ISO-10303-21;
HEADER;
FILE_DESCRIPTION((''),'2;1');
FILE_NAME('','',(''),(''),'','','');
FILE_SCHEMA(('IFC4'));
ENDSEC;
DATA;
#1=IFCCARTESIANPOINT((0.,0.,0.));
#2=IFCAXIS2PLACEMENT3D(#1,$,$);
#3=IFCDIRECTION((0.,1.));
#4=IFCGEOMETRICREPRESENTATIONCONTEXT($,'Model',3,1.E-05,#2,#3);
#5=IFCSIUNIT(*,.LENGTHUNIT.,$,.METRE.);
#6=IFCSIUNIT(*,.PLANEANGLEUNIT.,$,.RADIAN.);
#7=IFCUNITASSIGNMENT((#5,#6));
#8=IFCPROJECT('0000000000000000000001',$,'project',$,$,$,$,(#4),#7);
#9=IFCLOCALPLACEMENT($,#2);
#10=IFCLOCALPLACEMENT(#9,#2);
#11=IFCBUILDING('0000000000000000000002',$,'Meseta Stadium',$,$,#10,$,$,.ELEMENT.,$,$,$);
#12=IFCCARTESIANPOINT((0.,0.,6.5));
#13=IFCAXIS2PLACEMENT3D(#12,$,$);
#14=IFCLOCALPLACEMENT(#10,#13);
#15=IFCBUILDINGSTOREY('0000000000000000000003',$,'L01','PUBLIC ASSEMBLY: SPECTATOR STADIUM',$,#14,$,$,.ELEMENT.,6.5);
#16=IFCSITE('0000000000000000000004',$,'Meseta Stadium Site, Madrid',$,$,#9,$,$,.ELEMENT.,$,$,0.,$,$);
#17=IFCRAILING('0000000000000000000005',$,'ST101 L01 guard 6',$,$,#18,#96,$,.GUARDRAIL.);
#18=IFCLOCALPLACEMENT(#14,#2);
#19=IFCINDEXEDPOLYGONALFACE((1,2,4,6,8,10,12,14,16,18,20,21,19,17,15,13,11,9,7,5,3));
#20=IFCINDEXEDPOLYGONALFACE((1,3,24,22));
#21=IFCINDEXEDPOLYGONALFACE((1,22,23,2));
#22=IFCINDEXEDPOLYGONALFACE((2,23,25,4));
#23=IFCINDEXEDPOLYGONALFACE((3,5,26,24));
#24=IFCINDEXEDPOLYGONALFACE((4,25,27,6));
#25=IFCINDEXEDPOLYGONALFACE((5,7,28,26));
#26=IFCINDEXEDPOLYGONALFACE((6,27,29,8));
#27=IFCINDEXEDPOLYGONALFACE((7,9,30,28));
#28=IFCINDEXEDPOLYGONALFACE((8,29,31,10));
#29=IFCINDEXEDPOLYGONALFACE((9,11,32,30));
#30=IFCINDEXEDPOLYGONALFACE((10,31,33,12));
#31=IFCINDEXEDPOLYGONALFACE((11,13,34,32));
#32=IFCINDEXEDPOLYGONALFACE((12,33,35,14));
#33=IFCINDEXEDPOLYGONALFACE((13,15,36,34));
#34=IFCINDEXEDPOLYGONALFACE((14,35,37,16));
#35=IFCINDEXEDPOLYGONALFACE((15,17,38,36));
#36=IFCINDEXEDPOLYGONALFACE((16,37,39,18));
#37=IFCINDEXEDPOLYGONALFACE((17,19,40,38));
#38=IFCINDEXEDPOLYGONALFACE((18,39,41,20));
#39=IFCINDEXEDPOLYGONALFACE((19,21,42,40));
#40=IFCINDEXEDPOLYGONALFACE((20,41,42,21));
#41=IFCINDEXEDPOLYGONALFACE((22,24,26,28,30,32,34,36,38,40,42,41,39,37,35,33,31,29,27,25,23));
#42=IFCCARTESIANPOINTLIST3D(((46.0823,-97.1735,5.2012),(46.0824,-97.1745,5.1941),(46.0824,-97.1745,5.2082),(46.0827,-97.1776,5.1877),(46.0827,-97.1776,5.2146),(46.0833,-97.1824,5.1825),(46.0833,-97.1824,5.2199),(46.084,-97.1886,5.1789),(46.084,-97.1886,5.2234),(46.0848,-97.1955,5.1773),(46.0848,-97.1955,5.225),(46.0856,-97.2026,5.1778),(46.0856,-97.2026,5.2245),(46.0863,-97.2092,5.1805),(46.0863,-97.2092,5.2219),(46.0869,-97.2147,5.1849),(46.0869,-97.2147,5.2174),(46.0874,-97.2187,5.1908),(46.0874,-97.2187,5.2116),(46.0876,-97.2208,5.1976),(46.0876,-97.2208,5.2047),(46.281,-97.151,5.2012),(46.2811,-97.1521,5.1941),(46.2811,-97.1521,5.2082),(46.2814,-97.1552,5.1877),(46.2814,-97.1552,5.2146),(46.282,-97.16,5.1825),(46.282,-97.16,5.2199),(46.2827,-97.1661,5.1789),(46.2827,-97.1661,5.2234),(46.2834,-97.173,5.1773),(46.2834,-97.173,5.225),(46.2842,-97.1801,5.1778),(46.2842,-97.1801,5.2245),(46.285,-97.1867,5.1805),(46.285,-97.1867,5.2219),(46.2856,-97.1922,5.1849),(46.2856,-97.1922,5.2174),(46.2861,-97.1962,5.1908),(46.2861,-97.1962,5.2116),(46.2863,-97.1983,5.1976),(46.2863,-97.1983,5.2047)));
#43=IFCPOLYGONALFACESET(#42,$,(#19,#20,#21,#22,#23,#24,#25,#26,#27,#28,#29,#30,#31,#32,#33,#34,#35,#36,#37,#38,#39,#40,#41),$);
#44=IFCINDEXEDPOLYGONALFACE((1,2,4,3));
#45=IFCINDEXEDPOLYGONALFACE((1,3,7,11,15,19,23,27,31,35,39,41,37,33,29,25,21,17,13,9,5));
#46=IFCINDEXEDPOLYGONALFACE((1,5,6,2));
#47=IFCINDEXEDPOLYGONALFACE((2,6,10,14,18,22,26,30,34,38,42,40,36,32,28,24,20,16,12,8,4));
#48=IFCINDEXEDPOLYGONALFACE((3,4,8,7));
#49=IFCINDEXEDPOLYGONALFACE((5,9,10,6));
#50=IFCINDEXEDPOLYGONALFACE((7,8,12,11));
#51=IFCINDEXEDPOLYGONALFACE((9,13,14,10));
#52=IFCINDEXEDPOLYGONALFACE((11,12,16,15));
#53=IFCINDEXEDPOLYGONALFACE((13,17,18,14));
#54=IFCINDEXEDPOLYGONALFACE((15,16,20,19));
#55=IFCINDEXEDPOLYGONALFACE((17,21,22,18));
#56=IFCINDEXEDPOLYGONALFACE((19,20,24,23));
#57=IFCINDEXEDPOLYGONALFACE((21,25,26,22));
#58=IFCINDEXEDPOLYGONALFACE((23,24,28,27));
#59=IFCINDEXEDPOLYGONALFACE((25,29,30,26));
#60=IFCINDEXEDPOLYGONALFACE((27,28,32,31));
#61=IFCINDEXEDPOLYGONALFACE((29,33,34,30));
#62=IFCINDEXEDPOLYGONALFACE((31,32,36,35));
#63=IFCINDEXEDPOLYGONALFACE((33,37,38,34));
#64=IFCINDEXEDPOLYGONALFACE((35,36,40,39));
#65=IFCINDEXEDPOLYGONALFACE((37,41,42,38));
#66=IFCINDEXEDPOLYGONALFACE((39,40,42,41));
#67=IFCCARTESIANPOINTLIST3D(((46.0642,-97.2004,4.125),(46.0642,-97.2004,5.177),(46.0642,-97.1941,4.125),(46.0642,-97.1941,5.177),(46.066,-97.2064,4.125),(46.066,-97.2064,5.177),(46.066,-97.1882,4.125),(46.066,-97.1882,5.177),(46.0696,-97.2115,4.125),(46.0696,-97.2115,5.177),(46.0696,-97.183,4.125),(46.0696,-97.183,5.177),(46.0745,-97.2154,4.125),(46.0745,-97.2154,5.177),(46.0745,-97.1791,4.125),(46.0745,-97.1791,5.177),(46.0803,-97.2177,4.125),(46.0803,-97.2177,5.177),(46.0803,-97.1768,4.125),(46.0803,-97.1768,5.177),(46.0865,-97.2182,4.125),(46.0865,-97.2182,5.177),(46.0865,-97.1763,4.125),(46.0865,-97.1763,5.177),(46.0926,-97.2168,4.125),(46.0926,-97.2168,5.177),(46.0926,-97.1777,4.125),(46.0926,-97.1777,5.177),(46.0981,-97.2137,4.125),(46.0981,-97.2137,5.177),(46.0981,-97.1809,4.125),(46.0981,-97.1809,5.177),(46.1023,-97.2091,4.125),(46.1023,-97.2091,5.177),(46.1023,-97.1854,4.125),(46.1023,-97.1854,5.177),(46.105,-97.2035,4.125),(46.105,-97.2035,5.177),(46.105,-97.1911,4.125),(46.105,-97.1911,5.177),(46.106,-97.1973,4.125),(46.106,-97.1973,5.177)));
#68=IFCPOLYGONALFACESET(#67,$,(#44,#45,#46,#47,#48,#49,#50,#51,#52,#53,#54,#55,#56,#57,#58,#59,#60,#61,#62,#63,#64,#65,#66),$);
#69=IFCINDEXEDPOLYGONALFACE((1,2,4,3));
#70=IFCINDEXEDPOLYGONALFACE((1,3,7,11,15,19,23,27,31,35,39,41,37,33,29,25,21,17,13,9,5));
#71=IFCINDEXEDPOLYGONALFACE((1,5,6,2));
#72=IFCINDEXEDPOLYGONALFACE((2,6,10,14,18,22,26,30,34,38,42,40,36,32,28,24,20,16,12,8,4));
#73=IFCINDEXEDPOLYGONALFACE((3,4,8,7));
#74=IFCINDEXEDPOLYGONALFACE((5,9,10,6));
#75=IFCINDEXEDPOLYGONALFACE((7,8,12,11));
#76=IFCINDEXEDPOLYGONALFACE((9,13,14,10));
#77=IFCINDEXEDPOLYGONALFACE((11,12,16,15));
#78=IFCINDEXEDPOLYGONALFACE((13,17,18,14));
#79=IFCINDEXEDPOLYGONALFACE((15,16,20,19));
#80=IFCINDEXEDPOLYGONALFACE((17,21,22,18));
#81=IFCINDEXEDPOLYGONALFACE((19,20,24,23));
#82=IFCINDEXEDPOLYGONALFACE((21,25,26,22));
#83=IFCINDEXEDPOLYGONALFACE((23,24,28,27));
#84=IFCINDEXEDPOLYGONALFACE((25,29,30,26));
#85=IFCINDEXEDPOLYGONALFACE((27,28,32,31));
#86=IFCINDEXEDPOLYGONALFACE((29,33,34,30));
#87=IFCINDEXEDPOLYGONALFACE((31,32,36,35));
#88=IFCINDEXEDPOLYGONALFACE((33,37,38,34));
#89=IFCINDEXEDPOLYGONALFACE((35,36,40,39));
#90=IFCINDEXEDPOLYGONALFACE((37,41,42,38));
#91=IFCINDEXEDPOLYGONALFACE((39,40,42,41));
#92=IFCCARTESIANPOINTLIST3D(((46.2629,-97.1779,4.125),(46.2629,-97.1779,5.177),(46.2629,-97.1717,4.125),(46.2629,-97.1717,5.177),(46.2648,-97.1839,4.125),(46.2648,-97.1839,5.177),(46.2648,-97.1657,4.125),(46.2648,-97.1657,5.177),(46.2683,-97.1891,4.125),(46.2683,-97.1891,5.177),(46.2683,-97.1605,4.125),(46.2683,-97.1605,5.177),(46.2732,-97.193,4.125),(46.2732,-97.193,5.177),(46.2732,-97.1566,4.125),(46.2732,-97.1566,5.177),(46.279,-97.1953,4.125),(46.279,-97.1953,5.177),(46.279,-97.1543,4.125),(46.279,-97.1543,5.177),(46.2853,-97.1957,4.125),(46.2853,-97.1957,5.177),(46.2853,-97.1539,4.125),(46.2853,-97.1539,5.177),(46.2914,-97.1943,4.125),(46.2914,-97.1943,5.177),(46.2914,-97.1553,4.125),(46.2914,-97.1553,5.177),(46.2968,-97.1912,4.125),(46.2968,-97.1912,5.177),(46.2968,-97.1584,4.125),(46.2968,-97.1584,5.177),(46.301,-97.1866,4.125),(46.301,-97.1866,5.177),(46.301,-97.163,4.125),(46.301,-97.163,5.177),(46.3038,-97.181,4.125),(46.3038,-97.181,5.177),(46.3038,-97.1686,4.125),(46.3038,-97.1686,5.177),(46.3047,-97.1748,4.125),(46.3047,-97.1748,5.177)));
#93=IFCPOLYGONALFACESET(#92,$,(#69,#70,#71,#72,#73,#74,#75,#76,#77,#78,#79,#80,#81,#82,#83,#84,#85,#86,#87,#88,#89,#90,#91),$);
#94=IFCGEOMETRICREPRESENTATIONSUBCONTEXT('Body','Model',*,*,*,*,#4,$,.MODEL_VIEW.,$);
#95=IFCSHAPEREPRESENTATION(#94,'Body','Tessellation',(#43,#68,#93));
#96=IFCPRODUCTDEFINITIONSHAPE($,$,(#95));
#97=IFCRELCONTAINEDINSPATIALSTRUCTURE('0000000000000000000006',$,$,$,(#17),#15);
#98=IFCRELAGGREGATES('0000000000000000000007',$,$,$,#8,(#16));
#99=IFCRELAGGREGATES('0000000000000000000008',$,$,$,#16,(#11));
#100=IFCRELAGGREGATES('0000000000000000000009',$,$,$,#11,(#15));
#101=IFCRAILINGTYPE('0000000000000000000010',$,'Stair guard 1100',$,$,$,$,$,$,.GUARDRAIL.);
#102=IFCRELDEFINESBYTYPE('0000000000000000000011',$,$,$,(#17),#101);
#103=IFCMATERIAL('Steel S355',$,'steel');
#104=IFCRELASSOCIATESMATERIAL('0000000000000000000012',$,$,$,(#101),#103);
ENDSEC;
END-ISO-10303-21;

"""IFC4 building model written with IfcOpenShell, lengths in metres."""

from ifc_helpers import new_model, si_unit, direction, frame, origin, origin_2d, place, context, subcontext, project, spatial, circle, extrude, material, type_object, element, save


model = new_model("IFC4")

# Units and contexts
model_context = context("Model", 3, precision=1e-05, world=origin(), true_north=direction((0.0, 1.0)))
body_context = subcontext(model_context, "Body", "Model", "MODEL_VIEW")
ifc_project = project(units=[si_unit("LENGTHUNIT", "METRE"), si_unit("PLANEANGLEUNIT", "RADIAN")], contexts=[model_context])

# Site, building, storey
site_placement = place(None, origin())
site = spatial("IfcSite", under=ifc_project, at=site_placement, Name="Meseta Stadium Site, Madrid", CompositionType="ELEMENT", RefElevation=0.0)
building_placement = place(site_placement, origin())
building = spatial("IfcBuilding", under=site, at=building_placement, Name="Meseta Stadium", CompositionType="ELEMENT")
storey_placement = place(building_placement, frame((0.0, 0.0, 6.5)))
storey = spatial("IfcBuildingStorey", under=building, at=storey_placement, Name="L01", Description="PUBLIC ASSEMBLY: SPECTATOR STADIUM", CompositionType="ELEMENT", Elevation=6.5)

# Railing
ifc_material_1 = material(Name="Steel S355", Category="steel")
railing_type_1 = type_object("IfcRailingType", Name="Stair guard 1100", PredefinedType="GUARDRAIL", material=ifc_material_1)
railing_1_placement = place(storey_placement, frame((46.085, -97.1973, 4.125)))
element("IfcRailing", 1, at=railing_1_placement, inside=storey, type_object=railing_type_1, Name="ST101 L01 guard 6", PredefinedType="GUARDRAIL", context=body_context, shape_type="SweptSolid", body=[
    extrude(circle(Radius=0.0239, at=origin_2d()), frame((0.0, 0.0, 1.0762), z_axis=(0.993674, 0.112307, 0.0), x_axis=(-0.112307, 0.993674, 0.0)), (0.0, 0.0, 1.0), 0.2),
    extrude(circle(Radius=0.021, at=origin_2d()), origin(), (0.0, 0.0, 1.0), 1.052),
    extrude(circle(Radius=0.021, at=origin_2d()), frame((0.1987, 0.0225, 0.0)), (0.0, 0.0, 1.0), 1.052),
])

save(model, "model.ifc")
